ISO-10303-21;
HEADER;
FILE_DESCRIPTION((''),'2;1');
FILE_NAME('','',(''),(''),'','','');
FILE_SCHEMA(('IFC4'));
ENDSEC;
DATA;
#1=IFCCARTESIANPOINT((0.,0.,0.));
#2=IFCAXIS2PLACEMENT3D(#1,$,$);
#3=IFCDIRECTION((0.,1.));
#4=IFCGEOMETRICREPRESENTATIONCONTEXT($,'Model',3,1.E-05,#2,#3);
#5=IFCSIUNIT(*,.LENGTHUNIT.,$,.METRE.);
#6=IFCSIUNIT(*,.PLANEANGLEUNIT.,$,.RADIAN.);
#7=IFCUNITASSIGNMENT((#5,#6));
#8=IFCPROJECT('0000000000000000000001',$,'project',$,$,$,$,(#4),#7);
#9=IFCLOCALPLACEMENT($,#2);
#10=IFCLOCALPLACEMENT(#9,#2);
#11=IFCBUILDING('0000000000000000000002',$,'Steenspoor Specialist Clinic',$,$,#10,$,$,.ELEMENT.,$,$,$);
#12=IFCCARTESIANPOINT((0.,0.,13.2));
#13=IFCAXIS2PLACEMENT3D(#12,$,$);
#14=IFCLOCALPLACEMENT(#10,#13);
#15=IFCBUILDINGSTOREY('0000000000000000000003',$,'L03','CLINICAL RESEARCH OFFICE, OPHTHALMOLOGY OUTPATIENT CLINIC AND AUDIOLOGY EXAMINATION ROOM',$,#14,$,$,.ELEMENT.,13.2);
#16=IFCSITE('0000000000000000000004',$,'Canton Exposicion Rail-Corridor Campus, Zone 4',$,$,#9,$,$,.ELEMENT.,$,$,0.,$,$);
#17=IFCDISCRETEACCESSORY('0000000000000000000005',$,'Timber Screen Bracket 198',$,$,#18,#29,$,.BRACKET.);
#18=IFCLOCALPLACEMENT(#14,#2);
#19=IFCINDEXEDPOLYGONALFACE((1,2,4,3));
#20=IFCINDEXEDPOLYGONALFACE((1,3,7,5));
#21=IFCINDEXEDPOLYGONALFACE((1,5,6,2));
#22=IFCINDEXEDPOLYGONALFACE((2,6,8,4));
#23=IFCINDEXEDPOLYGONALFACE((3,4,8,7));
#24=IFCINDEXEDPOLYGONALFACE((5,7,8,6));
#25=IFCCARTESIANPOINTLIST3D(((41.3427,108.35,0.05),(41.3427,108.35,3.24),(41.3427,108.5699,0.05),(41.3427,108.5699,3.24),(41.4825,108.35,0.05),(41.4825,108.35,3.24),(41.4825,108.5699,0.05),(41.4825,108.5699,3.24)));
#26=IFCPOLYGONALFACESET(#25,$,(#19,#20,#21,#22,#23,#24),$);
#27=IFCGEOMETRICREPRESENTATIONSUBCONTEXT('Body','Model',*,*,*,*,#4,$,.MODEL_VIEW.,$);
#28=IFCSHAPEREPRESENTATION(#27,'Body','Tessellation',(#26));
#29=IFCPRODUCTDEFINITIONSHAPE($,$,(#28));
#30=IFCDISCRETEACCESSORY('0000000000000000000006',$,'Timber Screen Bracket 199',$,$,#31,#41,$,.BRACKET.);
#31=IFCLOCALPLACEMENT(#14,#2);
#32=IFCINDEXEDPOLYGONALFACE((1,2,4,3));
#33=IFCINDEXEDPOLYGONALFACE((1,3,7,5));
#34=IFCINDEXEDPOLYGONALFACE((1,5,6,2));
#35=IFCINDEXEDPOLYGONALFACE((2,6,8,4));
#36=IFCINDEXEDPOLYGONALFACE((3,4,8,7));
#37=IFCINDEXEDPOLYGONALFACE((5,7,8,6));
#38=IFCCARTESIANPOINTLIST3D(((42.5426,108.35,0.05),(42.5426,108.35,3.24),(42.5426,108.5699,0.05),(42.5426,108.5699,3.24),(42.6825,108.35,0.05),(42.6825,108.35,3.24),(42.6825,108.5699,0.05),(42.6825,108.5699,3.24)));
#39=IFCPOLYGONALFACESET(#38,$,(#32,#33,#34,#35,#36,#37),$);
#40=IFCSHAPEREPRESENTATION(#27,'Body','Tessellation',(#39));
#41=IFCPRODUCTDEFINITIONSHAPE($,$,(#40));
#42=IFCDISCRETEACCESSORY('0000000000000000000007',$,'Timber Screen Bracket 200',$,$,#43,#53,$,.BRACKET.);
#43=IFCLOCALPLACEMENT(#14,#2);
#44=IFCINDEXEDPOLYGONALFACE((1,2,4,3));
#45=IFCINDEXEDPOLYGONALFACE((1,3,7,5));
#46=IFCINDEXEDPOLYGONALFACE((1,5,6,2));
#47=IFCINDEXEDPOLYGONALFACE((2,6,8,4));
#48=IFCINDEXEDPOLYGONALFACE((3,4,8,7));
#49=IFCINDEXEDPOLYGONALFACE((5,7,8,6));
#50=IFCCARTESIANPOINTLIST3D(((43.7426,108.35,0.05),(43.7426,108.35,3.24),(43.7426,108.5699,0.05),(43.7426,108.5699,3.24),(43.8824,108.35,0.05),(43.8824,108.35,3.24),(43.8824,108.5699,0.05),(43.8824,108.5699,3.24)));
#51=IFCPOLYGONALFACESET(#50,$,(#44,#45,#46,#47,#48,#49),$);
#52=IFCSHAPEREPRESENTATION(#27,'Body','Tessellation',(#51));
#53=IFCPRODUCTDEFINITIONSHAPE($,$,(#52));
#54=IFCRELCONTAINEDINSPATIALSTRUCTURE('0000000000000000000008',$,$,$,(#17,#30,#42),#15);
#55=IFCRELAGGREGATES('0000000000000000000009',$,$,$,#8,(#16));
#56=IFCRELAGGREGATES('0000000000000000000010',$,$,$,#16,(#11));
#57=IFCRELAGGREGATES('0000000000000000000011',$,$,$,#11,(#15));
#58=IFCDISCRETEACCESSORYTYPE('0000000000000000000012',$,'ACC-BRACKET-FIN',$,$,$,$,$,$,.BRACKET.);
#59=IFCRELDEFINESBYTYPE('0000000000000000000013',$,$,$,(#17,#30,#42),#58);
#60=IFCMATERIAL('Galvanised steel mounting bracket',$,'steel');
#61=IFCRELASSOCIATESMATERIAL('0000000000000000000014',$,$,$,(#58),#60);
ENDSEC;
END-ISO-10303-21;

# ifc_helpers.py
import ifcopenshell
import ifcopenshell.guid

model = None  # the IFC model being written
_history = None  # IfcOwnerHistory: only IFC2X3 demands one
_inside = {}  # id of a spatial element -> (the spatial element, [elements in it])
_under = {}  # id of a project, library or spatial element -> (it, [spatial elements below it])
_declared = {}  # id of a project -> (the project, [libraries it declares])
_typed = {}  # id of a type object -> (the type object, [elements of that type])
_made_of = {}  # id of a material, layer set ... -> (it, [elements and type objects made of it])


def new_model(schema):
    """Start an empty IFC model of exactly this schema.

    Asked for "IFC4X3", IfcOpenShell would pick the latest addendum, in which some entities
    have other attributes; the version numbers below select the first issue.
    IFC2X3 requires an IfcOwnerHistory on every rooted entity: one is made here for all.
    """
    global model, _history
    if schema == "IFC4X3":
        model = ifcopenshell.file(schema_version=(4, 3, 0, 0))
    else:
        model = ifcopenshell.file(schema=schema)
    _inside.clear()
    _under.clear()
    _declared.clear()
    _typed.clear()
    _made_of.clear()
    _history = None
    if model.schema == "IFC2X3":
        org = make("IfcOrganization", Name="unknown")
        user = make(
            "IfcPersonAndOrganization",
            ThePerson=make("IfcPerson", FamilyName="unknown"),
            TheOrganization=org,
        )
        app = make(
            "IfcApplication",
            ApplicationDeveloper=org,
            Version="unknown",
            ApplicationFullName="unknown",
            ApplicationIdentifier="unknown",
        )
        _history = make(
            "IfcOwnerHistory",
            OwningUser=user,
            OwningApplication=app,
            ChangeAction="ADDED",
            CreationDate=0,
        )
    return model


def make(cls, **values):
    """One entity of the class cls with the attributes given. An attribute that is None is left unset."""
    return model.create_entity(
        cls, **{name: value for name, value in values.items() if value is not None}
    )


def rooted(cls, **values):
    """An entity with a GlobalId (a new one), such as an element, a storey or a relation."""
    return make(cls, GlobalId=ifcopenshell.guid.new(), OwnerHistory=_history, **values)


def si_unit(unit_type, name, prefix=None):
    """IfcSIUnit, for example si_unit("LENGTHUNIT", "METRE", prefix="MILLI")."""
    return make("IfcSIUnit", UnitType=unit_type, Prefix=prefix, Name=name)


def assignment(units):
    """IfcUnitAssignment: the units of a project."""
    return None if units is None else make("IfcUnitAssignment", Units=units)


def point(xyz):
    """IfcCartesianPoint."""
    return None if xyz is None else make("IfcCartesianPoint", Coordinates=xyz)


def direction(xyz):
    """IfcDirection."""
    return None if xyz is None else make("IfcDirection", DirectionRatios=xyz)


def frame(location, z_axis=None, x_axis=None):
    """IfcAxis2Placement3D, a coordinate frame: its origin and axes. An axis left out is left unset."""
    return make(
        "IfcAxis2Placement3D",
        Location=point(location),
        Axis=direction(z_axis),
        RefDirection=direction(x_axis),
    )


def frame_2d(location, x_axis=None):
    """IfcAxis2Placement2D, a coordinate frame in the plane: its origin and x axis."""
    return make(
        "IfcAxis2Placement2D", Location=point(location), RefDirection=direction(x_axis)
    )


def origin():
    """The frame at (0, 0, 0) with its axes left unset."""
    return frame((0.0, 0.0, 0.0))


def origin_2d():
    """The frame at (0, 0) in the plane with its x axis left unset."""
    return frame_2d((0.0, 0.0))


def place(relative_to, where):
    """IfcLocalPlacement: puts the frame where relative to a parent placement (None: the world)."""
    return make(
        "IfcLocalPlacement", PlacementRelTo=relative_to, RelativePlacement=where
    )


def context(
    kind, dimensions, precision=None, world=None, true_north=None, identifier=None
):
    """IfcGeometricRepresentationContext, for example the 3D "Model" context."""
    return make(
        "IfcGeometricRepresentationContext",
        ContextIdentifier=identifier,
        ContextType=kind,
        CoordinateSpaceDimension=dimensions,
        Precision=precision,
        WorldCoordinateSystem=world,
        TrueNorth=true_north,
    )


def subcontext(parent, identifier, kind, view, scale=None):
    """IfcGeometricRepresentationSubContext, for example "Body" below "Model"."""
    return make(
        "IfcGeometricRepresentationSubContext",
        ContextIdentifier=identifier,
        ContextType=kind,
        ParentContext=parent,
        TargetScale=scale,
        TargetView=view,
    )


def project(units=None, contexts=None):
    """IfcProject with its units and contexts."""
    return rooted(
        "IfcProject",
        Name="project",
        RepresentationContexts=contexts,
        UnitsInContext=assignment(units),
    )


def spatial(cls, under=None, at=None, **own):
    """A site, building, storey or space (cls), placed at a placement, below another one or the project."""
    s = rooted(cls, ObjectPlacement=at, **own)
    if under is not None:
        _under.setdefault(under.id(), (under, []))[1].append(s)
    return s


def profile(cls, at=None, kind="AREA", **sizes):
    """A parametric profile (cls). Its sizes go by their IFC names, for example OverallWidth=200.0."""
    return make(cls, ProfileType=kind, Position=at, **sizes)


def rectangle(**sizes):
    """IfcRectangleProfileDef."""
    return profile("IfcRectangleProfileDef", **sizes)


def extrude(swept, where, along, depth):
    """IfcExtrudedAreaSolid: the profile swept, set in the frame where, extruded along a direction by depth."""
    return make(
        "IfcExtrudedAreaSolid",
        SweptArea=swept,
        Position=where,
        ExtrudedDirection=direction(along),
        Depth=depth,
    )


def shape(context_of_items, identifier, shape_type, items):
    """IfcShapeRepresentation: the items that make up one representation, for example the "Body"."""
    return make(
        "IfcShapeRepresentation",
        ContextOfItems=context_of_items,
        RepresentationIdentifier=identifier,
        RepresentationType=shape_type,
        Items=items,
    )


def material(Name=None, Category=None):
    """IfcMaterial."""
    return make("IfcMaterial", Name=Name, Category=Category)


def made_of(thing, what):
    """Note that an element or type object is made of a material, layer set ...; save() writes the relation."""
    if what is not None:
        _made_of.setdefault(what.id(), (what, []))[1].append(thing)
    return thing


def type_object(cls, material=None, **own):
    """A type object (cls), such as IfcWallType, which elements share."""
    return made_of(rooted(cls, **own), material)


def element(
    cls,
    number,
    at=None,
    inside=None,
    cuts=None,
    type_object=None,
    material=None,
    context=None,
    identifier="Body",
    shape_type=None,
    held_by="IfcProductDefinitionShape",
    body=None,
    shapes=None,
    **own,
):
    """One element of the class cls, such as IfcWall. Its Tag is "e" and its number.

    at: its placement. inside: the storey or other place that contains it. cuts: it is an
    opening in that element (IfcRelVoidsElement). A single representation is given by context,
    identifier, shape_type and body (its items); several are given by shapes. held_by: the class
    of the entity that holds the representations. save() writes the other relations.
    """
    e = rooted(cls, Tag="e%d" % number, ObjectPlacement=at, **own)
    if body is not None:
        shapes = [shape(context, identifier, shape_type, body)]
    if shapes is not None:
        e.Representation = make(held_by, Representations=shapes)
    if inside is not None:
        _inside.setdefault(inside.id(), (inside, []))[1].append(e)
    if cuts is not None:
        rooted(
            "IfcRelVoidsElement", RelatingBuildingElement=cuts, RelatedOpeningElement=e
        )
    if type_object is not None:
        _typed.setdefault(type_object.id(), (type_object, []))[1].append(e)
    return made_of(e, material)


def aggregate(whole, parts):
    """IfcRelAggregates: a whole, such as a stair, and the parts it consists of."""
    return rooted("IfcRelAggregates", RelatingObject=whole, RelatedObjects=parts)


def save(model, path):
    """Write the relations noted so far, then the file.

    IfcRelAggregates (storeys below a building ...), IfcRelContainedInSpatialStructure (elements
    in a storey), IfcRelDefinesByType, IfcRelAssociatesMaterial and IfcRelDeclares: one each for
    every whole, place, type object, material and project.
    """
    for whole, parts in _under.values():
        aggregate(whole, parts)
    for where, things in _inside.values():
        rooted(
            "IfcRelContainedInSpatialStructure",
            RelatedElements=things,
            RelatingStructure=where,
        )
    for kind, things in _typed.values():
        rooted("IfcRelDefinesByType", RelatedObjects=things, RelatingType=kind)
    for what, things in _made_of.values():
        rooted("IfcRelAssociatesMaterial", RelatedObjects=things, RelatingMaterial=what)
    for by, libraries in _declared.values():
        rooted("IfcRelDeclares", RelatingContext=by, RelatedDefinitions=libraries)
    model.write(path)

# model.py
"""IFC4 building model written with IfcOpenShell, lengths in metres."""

from ifc_helpers import new_model, si_unit, direction, frame, origin, origin_2d, place, context, subcontext, project, spatial, rectangle, extrude, material, type_object, element, save


model = new_model("IFC4")

# Units and contexts
model_context = context("Model", 3, precision=1e-05, world=origin(), true_north=direction((0.0, 1.0)))
body_context = subcontext(model_context, "Body", "Model", "MODEL_VIEW")
ifc_project = project(units=[si_unit("LENGTHUNIT", "METRE"), si_unit("PLANEANGLEUNIT", "RADIAN")], contexts=[model_context])

# Site, building, storey
site_placement = place(None, origin())
site = spatial("IfcSite", under=ifc_project, at=site_placement, Name="Canton Exposicion Rail-Corridor Campus, Zone 4", CompositionType="ELEMENT", RefElevation=0.0)
building_placement = place(site_placement, origin())
building = spatial("IfcBuilding", under=site, at=building_placement, Name="Steenspoor Specialist Clinic", CompositionType="ELEMENT")
storey_placement = place(building_placement, frame((0.0, 0.0, 13.2)))
storey = spatial("IfcBuildingStorey", under=building, at=storey_placement, Name="L03", Description="CLINICAL RESEARCH OFFICE, OPHTHALMOLOGY OUTPATIENT CLINIC AND AUDIOLOGY EXAMINATION ROOM", CompositionType="ELEMENT", Elevation=13.2)

# Discrete accessories
ifc_material_1 = material(Name="Galvanised steel mounting bracket", Category="steel")
discrete_accessory_type = type_object("IfcDiscreteAccessoryType", Name="ACC-BRACKET-FIN", PredefinedType="BRACKET", material=ifc_material_1)
for number, where, z_axis, x_axis, name in (
    (1, (41.4126, 108.46, 0.05), (0.0, 0.0, 1.0), (0.0, 1.0, 0.0), "Timber Screen Bracket 198"),
    (2, (42.6125, 108.46, 0.05), (0.0, 0.0, 1.0), (0.0, 1.0, 0.0), "Timber Screen Bracket 199"),
    (3, (43.8125, 108.46, 0.05), (0.0, 0.0, 1.0), (0.0, 1.0, 0.0), "Timber Screen Bracket 200"),
):
    element("IfcDiscreteAccessory", number, at=place(storey_placement, frame(where, z_axis=z_axis, x_axis=x_axis)), inside=storey, type_object=discrete_accessory_type, Name=name, PredefinedType="BRACKET", context=body_context, shape_type="SweptSolid", body=[
        extrude(rectangle(XDim=0.22, YDim=0.1399, at=origin_2d()), origin(), (0.0, 0.0, 1.0), 3.1899),
    ])

save(model, "model.ifc")
